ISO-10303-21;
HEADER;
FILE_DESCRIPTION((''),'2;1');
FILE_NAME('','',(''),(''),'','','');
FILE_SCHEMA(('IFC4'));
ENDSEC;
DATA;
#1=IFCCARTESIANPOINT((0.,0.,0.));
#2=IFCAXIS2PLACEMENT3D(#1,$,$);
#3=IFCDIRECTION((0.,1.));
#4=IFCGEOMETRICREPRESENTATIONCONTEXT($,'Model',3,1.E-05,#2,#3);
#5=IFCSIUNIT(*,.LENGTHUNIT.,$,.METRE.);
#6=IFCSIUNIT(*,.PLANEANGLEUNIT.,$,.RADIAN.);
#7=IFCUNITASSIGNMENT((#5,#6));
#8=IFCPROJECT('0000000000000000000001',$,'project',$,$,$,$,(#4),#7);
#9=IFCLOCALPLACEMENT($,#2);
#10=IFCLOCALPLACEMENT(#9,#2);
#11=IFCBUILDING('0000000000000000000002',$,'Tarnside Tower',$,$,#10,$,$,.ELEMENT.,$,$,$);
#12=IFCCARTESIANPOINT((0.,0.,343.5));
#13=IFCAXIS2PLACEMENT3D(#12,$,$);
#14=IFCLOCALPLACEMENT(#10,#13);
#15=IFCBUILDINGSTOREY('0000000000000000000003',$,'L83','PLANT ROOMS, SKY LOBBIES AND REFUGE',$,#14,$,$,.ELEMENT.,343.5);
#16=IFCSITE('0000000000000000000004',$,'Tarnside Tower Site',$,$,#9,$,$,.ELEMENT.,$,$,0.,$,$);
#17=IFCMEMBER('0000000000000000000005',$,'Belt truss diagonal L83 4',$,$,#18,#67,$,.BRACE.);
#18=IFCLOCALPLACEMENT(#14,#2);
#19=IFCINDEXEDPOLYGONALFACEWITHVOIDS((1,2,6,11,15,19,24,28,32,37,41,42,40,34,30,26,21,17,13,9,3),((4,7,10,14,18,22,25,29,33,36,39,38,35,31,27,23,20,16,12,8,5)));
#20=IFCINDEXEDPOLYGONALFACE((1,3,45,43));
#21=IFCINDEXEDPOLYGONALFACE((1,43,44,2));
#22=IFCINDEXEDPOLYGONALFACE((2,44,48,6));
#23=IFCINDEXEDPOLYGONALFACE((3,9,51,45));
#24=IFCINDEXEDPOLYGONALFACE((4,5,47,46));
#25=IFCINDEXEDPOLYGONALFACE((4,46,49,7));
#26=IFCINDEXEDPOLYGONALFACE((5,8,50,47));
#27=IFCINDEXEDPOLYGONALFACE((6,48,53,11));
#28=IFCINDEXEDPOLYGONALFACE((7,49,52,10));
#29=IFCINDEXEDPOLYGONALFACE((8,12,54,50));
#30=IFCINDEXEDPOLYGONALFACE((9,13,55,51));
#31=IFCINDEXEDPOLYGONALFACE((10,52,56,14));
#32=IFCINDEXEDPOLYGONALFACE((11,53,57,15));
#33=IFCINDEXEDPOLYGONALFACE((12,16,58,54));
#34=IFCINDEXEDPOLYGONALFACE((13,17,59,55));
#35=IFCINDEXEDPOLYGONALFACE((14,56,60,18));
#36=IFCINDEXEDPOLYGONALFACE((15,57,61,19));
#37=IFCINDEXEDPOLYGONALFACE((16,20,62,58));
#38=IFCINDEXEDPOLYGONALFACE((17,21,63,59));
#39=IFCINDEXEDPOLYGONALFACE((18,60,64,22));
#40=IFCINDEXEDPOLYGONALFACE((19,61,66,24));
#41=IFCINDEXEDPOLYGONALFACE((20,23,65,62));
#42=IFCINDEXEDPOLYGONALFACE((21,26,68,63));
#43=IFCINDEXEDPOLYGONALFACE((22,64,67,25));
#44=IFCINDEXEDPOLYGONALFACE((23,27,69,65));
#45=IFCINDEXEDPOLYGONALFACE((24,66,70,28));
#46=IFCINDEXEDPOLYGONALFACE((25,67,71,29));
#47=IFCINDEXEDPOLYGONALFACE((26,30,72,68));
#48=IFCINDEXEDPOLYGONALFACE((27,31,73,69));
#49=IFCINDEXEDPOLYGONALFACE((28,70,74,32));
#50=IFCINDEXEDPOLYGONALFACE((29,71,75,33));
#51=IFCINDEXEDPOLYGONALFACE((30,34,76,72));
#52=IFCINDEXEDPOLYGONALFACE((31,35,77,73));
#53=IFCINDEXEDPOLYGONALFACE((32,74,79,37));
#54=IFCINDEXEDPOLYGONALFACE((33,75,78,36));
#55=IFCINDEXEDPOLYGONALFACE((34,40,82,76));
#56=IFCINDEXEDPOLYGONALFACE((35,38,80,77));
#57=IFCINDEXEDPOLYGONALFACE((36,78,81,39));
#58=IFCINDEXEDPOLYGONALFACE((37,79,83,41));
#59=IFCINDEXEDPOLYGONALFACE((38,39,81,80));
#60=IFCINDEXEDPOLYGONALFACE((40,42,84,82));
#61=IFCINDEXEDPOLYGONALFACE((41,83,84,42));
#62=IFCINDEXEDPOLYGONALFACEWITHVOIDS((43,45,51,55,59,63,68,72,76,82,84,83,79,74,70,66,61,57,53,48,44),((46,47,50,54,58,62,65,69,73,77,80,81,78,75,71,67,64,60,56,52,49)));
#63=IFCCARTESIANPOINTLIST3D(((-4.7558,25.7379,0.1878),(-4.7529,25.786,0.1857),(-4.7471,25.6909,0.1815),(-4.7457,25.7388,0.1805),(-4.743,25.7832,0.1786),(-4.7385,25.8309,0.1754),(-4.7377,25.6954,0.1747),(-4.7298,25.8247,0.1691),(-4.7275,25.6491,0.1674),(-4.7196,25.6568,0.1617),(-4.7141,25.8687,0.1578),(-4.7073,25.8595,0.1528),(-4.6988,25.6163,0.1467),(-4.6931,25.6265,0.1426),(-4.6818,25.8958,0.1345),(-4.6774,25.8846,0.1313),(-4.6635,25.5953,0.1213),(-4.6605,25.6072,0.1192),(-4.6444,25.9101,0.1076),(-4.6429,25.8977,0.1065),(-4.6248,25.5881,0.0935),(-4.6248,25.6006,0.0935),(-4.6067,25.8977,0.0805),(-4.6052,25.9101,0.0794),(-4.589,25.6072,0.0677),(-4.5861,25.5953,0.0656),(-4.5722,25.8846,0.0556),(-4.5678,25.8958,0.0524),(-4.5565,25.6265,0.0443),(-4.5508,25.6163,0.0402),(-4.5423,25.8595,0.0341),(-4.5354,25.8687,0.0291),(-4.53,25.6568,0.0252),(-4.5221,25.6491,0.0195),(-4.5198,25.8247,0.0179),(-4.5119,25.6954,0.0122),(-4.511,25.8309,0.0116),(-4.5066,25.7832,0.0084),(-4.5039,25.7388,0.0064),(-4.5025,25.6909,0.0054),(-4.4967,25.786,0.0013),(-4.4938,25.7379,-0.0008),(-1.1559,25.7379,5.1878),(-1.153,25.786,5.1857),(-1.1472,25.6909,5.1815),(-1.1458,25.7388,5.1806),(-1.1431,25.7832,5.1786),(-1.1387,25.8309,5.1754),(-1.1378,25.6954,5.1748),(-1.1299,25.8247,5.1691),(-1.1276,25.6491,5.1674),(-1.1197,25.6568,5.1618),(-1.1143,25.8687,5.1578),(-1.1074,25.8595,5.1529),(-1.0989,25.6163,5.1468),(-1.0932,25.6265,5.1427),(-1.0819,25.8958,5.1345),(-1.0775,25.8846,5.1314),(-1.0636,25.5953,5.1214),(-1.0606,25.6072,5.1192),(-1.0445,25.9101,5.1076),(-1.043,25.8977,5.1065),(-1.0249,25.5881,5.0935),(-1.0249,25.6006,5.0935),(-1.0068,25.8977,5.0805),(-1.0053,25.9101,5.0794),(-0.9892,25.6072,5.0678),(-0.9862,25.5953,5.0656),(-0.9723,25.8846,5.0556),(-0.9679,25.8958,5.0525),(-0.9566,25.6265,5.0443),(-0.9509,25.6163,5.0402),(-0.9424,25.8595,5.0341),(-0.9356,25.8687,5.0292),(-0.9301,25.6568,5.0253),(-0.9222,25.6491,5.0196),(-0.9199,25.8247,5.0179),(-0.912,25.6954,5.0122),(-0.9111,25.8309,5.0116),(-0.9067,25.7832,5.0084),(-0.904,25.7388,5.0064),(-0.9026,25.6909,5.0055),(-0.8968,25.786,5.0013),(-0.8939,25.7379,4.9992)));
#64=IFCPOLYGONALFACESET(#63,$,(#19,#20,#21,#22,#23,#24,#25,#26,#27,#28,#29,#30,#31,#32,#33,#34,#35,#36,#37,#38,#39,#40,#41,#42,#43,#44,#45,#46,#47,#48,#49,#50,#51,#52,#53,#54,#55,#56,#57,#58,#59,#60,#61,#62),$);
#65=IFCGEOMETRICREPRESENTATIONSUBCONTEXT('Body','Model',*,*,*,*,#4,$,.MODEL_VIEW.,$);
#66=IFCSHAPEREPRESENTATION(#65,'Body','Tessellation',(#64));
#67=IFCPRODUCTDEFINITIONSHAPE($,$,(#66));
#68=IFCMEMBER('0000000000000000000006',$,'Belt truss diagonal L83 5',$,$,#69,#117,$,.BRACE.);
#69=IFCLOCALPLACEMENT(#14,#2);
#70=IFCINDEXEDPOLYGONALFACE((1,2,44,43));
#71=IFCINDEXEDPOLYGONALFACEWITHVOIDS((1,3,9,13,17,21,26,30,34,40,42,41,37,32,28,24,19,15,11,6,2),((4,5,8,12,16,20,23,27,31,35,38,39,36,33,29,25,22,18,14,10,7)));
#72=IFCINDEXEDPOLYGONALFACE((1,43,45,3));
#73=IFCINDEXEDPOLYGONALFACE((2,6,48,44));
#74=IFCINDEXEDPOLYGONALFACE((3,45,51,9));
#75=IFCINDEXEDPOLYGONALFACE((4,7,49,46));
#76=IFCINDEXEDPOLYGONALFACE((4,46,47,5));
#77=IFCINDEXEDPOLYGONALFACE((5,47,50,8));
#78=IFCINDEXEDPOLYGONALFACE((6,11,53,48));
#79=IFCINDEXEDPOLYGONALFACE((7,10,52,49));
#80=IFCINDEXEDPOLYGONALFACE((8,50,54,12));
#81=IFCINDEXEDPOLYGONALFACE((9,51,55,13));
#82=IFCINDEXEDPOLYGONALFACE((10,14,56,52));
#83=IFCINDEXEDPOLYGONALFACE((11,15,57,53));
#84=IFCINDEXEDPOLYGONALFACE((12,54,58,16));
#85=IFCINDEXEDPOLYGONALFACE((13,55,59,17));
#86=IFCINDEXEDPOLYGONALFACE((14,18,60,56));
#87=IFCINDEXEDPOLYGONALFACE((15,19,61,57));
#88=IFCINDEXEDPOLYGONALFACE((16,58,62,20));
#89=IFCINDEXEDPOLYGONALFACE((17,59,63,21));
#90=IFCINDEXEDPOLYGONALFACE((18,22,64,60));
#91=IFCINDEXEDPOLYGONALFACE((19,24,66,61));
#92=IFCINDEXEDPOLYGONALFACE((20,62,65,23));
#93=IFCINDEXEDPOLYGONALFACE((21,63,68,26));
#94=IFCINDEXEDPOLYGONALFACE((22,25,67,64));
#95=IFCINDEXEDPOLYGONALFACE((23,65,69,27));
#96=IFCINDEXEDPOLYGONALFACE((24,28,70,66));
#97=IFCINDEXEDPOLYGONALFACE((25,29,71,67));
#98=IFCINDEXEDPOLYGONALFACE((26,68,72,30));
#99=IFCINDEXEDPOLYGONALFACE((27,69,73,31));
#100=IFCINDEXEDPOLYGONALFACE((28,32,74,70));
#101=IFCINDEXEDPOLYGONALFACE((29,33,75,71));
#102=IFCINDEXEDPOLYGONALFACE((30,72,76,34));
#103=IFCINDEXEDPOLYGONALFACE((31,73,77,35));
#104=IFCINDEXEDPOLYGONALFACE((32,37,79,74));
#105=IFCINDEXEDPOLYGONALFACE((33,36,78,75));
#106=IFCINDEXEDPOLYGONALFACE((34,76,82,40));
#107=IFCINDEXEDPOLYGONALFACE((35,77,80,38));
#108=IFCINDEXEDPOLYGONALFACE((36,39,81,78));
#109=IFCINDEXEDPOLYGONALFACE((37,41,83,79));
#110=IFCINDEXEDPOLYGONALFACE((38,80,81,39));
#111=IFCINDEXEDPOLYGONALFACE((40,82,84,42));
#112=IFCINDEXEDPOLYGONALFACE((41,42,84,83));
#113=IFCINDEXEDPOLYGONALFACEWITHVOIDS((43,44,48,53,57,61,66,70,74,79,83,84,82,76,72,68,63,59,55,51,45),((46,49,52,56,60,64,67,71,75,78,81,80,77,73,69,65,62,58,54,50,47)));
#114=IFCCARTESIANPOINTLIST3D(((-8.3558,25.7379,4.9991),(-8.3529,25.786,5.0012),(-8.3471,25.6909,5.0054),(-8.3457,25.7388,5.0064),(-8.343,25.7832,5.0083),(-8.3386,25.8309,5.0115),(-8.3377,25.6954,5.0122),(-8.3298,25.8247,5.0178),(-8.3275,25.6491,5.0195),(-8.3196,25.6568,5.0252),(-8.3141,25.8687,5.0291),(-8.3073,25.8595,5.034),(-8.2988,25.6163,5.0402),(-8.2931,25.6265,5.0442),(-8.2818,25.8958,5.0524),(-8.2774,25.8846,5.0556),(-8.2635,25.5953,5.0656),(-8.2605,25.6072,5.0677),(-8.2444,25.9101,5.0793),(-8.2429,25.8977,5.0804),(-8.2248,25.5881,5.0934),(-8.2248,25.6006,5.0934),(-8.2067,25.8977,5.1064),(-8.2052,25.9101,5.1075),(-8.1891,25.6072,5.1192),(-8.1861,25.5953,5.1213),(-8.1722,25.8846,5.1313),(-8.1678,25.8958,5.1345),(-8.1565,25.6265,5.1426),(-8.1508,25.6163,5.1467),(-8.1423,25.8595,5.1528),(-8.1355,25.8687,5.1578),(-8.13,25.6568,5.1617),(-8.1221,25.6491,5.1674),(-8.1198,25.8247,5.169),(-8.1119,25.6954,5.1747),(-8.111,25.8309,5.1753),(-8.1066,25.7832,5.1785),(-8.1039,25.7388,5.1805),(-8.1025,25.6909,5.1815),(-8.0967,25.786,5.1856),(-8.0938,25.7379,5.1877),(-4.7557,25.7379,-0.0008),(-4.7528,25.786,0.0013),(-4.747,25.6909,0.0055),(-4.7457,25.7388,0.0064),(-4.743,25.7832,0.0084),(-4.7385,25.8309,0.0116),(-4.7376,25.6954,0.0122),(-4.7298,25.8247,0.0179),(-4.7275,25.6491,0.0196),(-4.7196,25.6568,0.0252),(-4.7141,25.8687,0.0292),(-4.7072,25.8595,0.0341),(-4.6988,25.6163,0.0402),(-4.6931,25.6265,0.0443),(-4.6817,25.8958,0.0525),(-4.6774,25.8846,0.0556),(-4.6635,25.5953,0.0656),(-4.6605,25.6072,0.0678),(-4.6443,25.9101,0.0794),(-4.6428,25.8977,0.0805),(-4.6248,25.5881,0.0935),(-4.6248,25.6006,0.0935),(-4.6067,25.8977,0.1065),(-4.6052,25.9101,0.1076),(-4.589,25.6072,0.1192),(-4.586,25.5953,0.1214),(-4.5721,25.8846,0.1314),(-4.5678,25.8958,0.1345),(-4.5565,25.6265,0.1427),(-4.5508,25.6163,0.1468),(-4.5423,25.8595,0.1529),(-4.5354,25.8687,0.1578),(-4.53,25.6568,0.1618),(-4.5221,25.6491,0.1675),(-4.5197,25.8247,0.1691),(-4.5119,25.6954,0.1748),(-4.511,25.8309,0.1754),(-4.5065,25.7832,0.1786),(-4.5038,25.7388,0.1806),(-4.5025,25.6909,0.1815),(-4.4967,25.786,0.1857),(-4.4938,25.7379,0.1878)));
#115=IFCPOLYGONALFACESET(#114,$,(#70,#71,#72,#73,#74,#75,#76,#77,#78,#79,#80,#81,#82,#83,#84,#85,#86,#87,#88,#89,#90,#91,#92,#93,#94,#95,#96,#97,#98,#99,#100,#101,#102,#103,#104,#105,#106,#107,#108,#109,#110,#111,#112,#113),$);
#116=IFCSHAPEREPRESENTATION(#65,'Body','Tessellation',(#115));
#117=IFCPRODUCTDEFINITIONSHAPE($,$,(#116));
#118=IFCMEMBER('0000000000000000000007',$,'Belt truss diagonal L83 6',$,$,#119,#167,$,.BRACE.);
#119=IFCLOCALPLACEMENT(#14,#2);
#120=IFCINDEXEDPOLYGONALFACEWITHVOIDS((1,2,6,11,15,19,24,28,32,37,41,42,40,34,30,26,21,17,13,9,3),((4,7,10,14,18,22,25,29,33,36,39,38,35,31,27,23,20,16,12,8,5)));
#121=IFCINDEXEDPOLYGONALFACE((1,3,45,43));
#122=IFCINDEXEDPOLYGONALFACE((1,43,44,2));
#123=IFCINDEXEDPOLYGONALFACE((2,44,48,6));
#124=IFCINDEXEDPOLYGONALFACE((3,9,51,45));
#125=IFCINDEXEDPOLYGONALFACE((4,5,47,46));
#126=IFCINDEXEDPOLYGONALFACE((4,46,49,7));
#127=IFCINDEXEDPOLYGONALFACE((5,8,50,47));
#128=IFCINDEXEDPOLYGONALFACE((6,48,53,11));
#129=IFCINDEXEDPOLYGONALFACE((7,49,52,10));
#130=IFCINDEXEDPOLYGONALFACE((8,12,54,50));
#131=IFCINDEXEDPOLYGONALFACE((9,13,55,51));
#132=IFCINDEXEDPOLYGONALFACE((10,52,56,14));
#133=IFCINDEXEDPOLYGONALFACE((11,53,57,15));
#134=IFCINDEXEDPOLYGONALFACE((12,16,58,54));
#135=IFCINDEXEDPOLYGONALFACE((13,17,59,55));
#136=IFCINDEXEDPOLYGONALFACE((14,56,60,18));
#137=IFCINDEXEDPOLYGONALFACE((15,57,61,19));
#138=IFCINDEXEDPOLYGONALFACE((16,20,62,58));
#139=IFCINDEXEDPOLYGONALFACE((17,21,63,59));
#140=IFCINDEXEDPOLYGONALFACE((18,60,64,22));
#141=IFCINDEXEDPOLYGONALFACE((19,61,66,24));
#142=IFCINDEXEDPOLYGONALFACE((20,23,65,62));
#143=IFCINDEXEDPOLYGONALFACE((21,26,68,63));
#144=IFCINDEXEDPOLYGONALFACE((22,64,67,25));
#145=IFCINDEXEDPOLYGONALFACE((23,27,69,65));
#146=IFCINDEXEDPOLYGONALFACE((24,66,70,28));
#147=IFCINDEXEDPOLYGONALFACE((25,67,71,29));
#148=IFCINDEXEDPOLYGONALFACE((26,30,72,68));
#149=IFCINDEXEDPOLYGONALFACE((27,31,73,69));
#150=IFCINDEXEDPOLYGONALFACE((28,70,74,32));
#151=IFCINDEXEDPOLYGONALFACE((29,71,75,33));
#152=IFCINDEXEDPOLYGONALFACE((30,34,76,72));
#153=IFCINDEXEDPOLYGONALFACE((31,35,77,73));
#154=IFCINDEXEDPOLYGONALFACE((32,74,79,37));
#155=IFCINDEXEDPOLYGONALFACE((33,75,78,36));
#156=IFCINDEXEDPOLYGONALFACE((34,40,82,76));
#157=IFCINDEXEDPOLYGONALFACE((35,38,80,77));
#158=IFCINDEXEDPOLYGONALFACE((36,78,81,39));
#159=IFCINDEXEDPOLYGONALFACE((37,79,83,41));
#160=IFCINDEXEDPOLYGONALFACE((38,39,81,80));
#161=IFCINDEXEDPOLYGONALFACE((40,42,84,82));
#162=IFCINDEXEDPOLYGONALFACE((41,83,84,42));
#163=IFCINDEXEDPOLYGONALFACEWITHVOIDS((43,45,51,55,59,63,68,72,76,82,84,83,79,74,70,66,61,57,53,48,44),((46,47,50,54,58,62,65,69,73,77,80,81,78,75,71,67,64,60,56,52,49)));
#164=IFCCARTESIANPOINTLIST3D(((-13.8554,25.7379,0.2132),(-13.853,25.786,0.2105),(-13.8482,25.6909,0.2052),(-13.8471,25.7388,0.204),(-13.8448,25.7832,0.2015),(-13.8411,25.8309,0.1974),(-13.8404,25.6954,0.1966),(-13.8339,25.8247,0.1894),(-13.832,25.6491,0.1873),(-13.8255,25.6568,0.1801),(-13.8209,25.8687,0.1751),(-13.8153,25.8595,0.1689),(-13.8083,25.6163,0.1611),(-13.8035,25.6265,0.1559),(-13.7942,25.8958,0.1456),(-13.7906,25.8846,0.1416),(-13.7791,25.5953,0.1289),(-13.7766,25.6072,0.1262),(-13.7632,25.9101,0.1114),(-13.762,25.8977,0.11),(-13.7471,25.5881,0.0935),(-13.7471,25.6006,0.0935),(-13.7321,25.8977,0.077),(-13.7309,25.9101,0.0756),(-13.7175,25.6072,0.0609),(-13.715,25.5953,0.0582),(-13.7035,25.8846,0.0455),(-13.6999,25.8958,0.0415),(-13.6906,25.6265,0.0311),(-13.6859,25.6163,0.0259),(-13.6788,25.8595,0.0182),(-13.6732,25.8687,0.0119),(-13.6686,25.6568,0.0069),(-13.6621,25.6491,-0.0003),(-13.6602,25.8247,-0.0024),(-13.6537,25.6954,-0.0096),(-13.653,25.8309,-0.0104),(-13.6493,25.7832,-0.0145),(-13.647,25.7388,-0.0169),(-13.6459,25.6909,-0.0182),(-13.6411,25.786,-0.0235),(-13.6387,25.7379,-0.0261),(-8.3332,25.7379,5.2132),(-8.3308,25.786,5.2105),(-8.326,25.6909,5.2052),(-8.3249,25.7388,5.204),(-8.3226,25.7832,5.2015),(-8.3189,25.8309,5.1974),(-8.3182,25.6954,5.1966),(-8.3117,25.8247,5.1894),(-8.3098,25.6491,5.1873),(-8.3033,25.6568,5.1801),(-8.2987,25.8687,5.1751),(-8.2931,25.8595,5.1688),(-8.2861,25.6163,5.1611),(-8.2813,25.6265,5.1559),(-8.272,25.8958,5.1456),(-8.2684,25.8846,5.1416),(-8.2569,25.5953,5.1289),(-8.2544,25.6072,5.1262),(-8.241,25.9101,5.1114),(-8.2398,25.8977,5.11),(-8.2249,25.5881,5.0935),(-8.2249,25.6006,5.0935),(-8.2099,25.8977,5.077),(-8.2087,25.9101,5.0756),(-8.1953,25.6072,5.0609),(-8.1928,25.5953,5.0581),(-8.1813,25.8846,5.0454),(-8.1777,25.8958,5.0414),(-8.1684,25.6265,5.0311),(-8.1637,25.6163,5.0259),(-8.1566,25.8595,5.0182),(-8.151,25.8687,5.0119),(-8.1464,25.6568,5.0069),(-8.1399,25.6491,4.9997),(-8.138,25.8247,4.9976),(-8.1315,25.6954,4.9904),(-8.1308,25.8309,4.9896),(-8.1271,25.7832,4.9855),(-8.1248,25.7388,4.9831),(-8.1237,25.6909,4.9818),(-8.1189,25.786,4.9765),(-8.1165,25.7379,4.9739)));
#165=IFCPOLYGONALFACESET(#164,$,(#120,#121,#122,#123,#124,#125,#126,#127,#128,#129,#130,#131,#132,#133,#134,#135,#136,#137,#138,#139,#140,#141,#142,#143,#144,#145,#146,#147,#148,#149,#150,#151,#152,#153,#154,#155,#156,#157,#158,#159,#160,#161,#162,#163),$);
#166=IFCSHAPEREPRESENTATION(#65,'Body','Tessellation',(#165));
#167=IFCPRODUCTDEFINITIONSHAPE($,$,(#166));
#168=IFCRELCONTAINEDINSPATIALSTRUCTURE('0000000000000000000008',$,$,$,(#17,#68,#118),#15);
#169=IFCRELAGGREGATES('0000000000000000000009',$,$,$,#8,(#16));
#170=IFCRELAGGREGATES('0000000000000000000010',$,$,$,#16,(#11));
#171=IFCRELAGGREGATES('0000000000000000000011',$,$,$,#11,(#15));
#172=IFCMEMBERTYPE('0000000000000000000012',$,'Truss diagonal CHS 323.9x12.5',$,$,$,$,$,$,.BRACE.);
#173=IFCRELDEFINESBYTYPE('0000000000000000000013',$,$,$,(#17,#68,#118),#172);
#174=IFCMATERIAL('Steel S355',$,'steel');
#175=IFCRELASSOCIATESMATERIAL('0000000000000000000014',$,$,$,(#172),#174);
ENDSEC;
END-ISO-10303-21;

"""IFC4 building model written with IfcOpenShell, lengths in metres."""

from ifc_helpers import new_model, si_unit, direction, frame, origin, origin_2d, place, context, subcontext, project, spatial, hollow_circle, extrude, material, material_profile, profile_set, type_object, element, save


model = new_model("IFC4")

# Units and contexts
model_context = context("Model", 3, precision=1e-05, world=origin(), true_north=direction((0.0, 1.0)))
body_context = subcontext(model_context, "Body", "Model", "MODEL_VIEW")
ifc_project = project(units=[si_unit("LENGTHUNIT", "METRE"), si_unit("PLANEANGLEUNIT", "RADIAN")], contexts=[model_context])

# Site, building, storey
site_placement = place(None, origin())
site = spatial("IfcSite", under=ifc_project, at=site_placement, Name="Tarnside Tower Site", CompositionType="ELEMENT", RefElevation=0.0)
building_placement = place(site_placement, origin())
building = spatial("IfcBuilding", under=site, at=building_placement, Name="Tarnside Tower", CompositionType="ELEMENT")
storey_placement = place(building_placement, frame((0.0, 0.0, 343.5)))
storey = spatial("IfcBuildingStorey", under=building, at=storey_placement, Name="L83", Description="PLANT ROOMS, SKY LOBBIES AND REFUGE", CompositionType="ELEMENT", Elevation=343.5)

# Shared definitions
ifc_material_1 = material(Name="Steel S355", Category="steel")

# Members
ifc_material_profile_1 = material_profile(ifc_material_1, hollow_circle(Radius=0.1619, WallThickness=0.0125, at=origin_2d()), Name="CHS 323.9x12.5")
ifc_profile_set_1 = profile_set([ifc_material_profile_1], Name="Steel S355")
member_type_1 = type_object("IfcMemberType", Name="Truss diagonal CHS 323.9x12.5", PredefinedType="BRACE", material=ifc_profile_set_1)
for number, where, z_axis, x_axis, name in (
    (1, (-1.0249, 25.75, 5.0935), (-0.584289, 0.0, -0.811546), (0.0, -1.0, 0.0), "Belt truss diagonal L83 4"),
    (2, (-4.6248, 25.75, 0.0935), (-0.584315, 0.0, 0.811527), (0.0, -1.0, 0.0), "Belt truss diagonal L83 5"),
):
    element("IfcMember", number, at=place(storey_placement, frame(where, z_axis=z_axis, x_axis=x_axis)), inside=storey, type_object=member_type_1, Name=name, PredefinedType="BRACE", context=body_context, shape_type="SweptSolid", body=[
        extrude(hollow_circle(Radius=0.1619, WallThickness=0.0125, at=origin_2d()), origin(), (0.0, 0.0, 1.0), 6.1611),
    ])
member_placement = place(storey_placement, frame((-8.2249, 25.75, 5.0935), z_axis=(-0.741288, 0.0, -0.671187), x_axis=(0.0, -1.0, 0.0)))
element("IfcMember", 3, at=member_placement, inside=storey, type_object=member_type_1, Name="Belt truss diagonal L83 6", PredefinedType="BRACE", context=body_context, shape_type="SweptSolid", body=[
    extrude(hollow_circle(Radius=0.1619, WallThickness=0.0125, at=origin_2d()), origin(), (0.0, 0.0, 1.0), 7.4495),
])

save(model, "model.ifc")
